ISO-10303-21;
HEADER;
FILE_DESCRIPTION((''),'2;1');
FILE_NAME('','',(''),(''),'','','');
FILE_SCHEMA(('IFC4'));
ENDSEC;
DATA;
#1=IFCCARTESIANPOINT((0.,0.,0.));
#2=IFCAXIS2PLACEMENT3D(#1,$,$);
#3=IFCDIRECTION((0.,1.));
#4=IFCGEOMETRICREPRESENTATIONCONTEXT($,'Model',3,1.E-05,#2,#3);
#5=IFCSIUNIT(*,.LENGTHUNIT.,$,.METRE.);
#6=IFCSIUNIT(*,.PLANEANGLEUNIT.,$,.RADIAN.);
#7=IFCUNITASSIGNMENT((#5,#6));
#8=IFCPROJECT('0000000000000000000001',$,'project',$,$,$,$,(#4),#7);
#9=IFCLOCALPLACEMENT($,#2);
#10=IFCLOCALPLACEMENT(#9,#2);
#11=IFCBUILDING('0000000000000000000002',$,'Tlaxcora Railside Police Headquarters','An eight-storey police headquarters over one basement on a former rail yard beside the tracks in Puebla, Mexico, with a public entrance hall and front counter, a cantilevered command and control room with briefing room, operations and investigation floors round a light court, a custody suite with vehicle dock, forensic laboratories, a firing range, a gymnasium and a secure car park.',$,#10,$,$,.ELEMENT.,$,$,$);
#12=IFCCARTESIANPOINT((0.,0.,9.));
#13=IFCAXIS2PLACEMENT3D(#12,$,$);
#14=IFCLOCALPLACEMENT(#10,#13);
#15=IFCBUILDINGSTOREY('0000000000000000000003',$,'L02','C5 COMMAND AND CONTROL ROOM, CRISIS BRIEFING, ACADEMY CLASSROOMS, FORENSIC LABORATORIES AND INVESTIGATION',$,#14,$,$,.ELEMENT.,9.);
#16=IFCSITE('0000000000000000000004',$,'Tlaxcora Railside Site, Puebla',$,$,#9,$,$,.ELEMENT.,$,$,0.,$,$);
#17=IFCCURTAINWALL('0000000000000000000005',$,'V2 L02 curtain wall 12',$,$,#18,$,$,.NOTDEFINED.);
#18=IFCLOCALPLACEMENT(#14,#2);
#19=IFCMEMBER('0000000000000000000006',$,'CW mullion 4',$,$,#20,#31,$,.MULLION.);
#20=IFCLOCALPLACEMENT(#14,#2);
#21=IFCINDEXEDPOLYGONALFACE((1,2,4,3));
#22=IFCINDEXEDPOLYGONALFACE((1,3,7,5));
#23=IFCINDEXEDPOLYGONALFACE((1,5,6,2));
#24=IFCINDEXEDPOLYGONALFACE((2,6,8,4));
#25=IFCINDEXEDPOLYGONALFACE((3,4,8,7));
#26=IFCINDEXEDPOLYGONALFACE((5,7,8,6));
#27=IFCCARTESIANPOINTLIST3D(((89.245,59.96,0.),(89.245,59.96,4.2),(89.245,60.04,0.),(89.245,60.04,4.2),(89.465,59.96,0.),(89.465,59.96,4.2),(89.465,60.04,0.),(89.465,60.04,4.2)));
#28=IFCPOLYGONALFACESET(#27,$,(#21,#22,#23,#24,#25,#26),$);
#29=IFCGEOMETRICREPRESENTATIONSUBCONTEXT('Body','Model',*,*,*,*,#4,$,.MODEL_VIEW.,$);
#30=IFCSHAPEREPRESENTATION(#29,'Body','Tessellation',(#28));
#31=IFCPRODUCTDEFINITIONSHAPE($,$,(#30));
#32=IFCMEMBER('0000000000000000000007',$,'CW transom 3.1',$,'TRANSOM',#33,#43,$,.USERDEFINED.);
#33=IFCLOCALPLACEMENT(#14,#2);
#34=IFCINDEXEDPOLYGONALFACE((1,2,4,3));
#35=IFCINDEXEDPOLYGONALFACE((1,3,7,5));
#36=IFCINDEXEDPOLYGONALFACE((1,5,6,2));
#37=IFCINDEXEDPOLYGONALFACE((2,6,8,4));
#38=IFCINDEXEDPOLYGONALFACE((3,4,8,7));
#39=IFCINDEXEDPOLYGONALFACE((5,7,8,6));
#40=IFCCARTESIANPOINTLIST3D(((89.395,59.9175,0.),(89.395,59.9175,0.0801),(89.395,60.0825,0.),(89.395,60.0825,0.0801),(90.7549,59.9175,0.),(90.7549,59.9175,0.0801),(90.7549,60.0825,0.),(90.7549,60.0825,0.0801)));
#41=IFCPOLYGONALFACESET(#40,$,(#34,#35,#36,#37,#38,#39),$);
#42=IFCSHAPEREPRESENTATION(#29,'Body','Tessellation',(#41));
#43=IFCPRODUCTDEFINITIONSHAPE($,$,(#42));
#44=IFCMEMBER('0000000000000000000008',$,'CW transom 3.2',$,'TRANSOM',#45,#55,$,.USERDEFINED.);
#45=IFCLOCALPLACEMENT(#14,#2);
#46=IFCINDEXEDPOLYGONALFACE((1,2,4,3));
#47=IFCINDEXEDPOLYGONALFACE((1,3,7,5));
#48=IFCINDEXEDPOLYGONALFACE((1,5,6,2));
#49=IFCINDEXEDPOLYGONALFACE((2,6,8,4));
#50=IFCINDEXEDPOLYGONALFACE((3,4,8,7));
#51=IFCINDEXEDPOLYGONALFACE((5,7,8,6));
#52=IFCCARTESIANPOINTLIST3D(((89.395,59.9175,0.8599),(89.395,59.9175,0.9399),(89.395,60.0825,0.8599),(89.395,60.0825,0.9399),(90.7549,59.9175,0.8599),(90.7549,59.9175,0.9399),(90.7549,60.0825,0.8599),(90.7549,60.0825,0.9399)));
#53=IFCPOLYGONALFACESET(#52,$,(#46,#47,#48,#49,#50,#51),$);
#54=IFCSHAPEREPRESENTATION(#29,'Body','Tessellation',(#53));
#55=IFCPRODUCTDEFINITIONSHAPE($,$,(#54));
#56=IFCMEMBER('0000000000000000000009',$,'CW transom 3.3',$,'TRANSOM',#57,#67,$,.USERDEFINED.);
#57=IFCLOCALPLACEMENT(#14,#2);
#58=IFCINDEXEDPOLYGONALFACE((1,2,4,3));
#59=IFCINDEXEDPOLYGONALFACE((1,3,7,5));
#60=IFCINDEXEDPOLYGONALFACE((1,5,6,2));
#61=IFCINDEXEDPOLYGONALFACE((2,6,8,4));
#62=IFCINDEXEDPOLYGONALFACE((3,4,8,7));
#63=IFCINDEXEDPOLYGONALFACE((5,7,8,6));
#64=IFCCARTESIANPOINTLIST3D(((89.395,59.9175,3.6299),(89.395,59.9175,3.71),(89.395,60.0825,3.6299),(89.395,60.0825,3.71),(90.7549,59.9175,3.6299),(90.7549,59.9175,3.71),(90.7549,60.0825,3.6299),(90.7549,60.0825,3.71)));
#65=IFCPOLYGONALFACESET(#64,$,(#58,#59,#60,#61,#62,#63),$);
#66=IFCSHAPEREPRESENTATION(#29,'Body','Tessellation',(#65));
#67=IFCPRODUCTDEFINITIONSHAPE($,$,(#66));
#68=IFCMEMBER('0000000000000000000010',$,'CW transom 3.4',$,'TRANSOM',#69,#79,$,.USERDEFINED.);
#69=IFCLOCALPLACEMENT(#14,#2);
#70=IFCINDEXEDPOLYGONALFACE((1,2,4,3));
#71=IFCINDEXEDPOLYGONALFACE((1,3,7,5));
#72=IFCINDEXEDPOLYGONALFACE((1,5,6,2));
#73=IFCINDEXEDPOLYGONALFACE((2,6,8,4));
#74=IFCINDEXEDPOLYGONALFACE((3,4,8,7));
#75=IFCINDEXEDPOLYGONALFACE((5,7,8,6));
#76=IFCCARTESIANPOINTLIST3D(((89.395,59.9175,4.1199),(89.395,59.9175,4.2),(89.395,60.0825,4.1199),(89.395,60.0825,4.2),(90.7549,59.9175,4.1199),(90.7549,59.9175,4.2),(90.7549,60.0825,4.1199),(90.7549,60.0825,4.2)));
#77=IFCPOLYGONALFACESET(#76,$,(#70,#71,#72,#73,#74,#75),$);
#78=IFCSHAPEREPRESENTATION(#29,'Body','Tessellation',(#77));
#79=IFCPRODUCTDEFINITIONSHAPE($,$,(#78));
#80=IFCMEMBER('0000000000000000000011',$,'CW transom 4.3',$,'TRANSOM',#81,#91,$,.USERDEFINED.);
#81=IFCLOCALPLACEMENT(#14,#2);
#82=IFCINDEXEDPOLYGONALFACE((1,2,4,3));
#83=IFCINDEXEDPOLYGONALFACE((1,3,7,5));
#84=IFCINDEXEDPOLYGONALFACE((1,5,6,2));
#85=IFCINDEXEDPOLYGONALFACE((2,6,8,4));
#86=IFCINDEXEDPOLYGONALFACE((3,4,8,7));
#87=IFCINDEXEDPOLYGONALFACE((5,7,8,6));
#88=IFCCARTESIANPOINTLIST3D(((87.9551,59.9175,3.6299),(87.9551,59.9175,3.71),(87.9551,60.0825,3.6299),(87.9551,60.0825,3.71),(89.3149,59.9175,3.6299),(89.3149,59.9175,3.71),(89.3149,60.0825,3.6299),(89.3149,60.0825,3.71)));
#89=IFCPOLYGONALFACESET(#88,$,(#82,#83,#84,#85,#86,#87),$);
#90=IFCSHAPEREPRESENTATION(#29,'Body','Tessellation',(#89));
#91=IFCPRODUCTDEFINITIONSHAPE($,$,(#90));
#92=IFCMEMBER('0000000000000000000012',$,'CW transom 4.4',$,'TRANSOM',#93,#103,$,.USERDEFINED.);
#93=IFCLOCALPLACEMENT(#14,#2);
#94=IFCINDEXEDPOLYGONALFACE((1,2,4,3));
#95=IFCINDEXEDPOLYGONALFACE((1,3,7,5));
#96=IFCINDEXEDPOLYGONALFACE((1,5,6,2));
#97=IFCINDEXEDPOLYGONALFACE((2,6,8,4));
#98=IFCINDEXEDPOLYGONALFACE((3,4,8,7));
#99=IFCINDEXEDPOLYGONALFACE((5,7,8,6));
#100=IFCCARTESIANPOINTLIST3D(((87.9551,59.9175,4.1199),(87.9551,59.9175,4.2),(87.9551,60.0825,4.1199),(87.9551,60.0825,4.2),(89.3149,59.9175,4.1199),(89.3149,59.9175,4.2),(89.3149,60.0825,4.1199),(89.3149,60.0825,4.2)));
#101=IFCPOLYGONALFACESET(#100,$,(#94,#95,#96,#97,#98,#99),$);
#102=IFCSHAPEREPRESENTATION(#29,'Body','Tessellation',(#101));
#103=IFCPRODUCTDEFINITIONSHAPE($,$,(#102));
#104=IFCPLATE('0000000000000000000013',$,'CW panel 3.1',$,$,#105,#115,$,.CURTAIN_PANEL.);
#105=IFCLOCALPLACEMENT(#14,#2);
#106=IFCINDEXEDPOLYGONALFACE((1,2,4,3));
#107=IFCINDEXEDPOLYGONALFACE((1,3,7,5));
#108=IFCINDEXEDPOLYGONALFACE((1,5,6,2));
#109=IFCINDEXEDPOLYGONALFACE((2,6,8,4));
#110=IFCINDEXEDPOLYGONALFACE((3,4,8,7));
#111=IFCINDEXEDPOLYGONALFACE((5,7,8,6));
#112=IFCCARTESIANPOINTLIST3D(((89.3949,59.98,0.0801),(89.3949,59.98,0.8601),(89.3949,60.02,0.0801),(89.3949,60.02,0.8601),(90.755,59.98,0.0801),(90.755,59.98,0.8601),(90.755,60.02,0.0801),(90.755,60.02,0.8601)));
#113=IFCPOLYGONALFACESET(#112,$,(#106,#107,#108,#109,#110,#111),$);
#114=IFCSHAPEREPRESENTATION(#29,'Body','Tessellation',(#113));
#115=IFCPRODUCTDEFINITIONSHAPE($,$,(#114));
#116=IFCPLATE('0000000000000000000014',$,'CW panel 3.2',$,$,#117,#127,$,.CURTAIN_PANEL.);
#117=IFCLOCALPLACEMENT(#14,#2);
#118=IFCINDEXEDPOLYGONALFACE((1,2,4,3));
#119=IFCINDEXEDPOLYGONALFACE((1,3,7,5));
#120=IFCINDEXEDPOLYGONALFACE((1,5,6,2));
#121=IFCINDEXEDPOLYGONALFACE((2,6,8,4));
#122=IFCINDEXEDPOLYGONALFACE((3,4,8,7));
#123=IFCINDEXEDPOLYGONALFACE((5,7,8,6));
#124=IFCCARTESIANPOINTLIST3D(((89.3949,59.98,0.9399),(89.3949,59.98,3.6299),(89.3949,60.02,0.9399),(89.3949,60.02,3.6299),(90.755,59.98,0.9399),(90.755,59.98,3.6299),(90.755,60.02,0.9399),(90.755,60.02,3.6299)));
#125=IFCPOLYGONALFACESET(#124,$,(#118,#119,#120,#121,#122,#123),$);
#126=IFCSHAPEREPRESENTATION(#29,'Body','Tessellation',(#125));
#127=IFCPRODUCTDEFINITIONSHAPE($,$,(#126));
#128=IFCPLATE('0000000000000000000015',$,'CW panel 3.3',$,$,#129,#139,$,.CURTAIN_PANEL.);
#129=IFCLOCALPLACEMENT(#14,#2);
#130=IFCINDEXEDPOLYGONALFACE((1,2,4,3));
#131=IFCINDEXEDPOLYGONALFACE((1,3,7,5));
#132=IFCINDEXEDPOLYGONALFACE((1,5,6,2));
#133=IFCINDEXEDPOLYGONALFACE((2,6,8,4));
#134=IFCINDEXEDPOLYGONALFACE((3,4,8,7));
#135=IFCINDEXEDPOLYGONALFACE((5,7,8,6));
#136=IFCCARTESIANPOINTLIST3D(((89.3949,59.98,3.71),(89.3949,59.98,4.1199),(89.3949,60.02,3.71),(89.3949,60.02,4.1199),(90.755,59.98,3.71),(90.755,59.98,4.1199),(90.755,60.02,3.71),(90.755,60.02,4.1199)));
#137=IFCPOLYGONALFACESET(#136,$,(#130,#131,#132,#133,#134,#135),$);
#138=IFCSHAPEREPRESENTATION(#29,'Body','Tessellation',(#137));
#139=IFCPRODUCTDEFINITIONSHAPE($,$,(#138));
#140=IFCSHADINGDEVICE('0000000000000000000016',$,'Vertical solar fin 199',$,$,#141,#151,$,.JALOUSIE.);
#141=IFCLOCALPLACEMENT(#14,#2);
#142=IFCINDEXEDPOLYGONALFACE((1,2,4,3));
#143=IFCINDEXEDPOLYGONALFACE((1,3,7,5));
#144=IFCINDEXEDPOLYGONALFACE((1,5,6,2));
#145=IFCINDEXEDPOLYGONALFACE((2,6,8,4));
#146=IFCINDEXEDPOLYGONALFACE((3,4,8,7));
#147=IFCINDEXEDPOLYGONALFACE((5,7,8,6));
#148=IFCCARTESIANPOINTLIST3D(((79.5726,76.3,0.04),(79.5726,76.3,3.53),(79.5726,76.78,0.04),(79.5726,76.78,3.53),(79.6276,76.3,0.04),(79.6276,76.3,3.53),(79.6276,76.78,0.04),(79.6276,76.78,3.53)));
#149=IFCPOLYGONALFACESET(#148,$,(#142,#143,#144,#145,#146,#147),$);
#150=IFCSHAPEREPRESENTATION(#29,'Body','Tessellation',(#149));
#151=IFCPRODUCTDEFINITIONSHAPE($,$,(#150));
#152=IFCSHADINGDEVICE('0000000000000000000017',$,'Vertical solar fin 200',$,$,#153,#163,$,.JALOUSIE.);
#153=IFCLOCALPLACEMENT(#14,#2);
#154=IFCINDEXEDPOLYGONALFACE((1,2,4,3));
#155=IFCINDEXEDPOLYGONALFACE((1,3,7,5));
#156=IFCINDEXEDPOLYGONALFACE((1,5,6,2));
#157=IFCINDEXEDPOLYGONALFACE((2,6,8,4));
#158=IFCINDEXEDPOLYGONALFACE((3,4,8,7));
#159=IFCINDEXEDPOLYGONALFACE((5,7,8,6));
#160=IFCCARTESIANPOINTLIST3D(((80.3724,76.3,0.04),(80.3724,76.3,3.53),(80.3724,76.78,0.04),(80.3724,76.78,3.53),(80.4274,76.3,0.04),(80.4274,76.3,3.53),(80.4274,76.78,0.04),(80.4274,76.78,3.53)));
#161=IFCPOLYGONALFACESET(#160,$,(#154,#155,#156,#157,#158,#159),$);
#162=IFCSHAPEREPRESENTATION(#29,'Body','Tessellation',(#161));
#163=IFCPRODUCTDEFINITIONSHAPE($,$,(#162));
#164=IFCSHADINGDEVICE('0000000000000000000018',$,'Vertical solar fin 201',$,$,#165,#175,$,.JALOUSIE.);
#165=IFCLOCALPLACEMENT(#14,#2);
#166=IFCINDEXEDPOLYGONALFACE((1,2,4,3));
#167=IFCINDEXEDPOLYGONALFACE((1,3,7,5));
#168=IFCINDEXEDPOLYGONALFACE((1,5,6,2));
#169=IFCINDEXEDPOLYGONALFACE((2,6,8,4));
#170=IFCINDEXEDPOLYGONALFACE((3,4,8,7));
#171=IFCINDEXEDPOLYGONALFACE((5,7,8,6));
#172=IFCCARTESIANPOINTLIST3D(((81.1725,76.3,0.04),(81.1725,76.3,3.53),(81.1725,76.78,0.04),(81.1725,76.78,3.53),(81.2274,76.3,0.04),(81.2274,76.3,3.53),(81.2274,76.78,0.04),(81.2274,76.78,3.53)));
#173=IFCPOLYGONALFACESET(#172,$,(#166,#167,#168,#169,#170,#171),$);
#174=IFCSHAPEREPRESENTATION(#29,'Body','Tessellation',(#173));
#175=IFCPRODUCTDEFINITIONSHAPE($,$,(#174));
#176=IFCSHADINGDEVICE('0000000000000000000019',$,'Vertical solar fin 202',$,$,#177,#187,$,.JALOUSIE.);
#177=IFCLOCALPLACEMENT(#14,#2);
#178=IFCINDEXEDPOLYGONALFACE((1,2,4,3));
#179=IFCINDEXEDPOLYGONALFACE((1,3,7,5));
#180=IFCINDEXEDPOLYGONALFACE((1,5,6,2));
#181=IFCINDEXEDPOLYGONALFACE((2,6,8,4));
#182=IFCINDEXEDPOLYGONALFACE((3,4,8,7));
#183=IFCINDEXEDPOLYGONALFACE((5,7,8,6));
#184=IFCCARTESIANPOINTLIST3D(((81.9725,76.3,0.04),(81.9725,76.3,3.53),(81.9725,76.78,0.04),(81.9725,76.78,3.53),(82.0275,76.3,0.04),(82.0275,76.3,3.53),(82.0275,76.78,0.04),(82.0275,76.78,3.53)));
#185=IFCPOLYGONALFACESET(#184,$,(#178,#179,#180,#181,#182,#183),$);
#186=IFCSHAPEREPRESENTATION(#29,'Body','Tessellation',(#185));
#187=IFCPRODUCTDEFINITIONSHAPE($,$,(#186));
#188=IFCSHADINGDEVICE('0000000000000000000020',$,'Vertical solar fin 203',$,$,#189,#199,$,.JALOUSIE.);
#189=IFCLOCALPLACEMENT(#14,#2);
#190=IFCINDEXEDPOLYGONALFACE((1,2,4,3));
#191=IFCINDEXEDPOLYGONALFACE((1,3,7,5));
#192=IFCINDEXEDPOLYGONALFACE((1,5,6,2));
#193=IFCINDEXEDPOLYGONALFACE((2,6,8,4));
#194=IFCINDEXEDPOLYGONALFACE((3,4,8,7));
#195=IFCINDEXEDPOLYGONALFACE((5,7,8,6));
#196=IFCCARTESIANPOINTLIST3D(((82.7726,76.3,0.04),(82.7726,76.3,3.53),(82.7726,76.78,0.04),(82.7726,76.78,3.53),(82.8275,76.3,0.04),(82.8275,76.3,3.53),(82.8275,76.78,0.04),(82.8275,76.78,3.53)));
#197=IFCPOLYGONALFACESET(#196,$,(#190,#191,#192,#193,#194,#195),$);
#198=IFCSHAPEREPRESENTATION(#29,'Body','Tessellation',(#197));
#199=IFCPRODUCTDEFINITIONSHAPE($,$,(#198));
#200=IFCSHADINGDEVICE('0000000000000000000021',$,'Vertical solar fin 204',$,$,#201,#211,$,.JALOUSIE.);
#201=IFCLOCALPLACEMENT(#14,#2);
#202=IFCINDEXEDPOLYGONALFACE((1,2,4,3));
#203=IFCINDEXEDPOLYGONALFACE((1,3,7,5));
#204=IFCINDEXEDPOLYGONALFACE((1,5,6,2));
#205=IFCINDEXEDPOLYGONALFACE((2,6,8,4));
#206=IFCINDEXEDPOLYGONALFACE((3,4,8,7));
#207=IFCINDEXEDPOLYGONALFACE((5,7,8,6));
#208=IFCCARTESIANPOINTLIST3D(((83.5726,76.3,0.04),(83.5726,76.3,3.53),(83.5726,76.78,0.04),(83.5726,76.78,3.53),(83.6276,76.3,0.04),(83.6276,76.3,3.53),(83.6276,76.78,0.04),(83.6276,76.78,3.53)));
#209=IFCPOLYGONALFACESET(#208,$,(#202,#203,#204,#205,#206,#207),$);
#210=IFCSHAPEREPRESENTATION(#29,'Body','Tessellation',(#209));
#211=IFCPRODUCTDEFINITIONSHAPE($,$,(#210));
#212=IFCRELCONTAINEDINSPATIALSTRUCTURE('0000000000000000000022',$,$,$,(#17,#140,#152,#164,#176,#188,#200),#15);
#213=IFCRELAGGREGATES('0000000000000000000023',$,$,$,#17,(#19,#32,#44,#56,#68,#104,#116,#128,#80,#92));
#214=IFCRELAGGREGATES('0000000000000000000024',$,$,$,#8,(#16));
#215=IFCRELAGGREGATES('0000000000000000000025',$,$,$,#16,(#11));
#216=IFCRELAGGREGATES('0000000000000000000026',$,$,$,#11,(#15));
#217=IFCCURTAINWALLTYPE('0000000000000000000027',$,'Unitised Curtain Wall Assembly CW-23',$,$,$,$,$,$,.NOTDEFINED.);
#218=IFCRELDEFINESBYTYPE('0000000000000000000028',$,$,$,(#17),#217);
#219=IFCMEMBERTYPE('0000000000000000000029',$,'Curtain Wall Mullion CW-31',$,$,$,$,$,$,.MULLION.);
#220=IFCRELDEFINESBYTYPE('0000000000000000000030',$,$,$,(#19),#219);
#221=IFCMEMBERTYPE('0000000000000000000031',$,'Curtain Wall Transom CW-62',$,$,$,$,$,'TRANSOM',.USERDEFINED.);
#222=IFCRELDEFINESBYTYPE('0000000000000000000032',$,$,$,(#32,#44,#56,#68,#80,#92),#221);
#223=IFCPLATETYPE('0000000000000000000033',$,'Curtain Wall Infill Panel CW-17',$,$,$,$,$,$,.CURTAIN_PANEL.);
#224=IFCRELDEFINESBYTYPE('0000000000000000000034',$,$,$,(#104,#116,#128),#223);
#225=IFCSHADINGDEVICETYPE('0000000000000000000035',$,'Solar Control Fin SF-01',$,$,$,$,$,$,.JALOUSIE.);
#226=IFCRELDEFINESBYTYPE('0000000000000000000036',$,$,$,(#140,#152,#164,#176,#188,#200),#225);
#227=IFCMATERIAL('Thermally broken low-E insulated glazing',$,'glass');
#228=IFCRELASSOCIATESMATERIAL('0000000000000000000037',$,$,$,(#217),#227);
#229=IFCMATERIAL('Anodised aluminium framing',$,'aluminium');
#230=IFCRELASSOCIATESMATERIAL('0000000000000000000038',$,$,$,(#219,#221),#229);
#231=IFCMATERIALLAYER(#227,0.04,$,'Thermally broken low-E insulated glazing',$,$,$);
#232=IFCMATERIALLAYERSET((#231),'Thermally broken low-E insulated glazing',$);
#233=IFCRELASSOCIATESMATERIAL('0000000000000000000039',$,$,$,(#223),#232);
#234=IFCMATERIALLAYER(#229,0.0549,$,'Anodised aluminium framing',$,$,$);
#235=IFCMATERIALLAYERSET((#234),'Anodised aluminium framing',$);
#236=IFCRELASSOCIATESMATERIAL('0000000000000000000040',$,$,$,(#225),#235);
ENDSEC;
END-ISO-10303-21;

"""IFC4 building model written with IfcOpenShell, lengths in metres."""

from ifc_helpers import new_model, si_unit, direction, frame, origin, origin_2d, place, context, subcontext, project, spatial, rectangle, extrude, material, layer, layer_set, material_profile, profile_set, type_object, element, aggregate, save


model = new_model("IFC4")

# Units and contexts
model_context = context("Model", 3, precision=1e-05, world=origin(), true_north=direction((0.0, 1.0)))
body_context = subcontext(model_context, "Body", "Model", "MODEL_VIEW")
ifc_project = project(units=[si_unit("LENGTHUNIT", "METRE"), si_unit("PLANEANGLEUNIT", "RADIAN")], contexts=[model_context])

# Site, building, storey
site_placement = place(None, origin())
site = spatial("IfcSite", under=ifc_project, at=site_placement, Name="Tlaxcora Railside Site, Puebla", CompositionType="ELEMENT", RefElevation=0.0)
building_placement = place(site_placement, origin())
building = spatial("IfcBuilding", under=site, at=building_placement, Name="Tlaxcora Railside Police Headquarters", Description="An eight-storey police headquarters over one basement on a former rail yard beside the tracks in Puebla, Mexico, with a public entrance hall and front counter, a cantilevered command and control room with briefing room, operations and investigation floors round a light court, a custody suite with vehicle dock, forensic laboratories, a firing range, a gymnasium and a secure car park.", CompositionType="ELEMENT")
storey_placement = place(building_placement, frame((0.0, 0.0, 9.0)))
storey = spatial("IfcBuildingStorey", under=building, at=storey_placement, Name="L02", Description="C5 COMMAND AND CONTROL ROOM, CRISIS BRIEFING, ACADEMY CLASSROOMS, FORENSIC LABORATORIES AND INVESTIGATION", CompositionType="ELEMENT", Elevation=9.0)

# Curtain wall, members, plates
ifc_material_1 = material(Name="Thermally broken low-E insulated glazing", Category="glass")
curtain_wall_type = type_object("IfcCurtainWallType", Name="Unitised Curtain Wall Assembly CW-23", PredefinedType="NOTDEFINED", material=ifc_material_1)
curtain_wall_placement = place(storey_placement, origin())
curtain_wall = element("IfcCurtainWall", 1, at=curtain_wall_placement, inside=storey, type_object=curtain_wall_type, Name="V2 L02 curtain wall 12", PredefinedType="NOTDEFINED")
ifc_material_2 = material(Name="Anodised aluminium framing", Category="aluminium")
ifc_material_profile_1 = material_profile(ifc_material_2, rectangle(XDim=0.0801, YDim=0.22, at=origin_2d()), Name="AL80X220")
ifc_profile_set_1 = profile_set([ifc_material_profile_1], Name="Anodised aluminium framing")
member_type_1 = type_object("IfcMemberType", Name="Curtain Wall Mullion CW-31", PredefinedType="MULLION", material=ifc_profile_set_1)
member_1_placement = place(storey_placement, frame((89.355, 60.0, 0.0), z_axis=(0.0, 0.0, 1.0), x_axis=(0.0, -1.0, 0.0)))
member_1 = element("IfcMember", 2, at=member_1_placement, type_object=member_type_1, Name="CW mullion 4", PredefinedType="MULLION", context=body_context, shape_type="SweptSolid", body=[
    extrude(rectangle(XDim=0.0801, YDim=0.22, at=origin_2d()), origin(), (0.0, 0.0, 1.0), 4.2),
])
ifc_material_profile_2 = material_profile(ifc_material_2, rectangle(XDim=0.165, YDim=0.0801, at=origin_2d()), Name="AL80X165")
ifc_profile_set_2 = profile_set([ifc_material_profile_2], Name="Anodised aluminium framing")
member_type_2 = type_object("IfcMemberType", Name="Curtain Wall Transom CW-62", ElementType="TRANSOM", PredefinedType="USERDEFINED", material=ifc_profile_set_2)
member_2_placement = place(storey_placement, frame((90.7549, 60.0, 0.04), z_axis=(-1.0, 0.0, 0.0), x_axis=(0.0, -1.0, 0.0)))
member_2 = element("IfcMember", 3, at=member_2_placement, type_object=member_type_2, Name="CW transom 3.1", ObjectType="TRANSOM", PredefinedType="USERDEFINED", context=body_context, shape_type="SweptSolid", body=[
    extrude(rectangle(XDim=0.165, YDim=0.0801, at=origin_2d()), origin(), (0.0, 0.0, 1.0), 1.3599),
])
member_3_placement = place(storey_placement, frame((90.7549, 60.0, 0.8999), z_axis=(-1.0, 0.0, 0.0), x_axis=(0.0, -1.0, 0.0)))
member_3 = element("IfcMember", 4, at=member_3_placement, type_object=member_type_2, Name="CW transom 3.2", ObjectType="TRANSOM", PredefinedType="USERDEFINED", context=body_context, shape_type="SweptSolid", body=[
    extrude(rectangle(XDim=0.165, YDim=0.0801, at=origin_2d()), origin(), (0.0, 0.0, 1.0), 1.3599),
])
member_4_placement = place(storey_placement, frame((90.7549, 60.0, 3.6699), z_axis=(-1.0, 0.0, 0.0), x_axis=(0.0, -1.0, 0.0)))
member_4 = element("IfcMember", 5, at=member_4_placement, type_object=member_type_2, Name="CW transom 3.3", ObjectType="TRANSOM", PredefinedType="USERDEFINED", context=body_context, shape_type="SweptSolid", body=[
    extrude(rectangle(XDim=0.165, YDim=0.0801, at=origin_2d()), origin(), (0.0, 0.0, 1.0), 1.3599),
])
member_5_placement = place(storey_placement, frame((90.7549, 60.0, 4.1599), z_axis=(-1.0, 0.0, 0.0), x_axis=(0.0, -1.0, 0.0)))
member_5 = element("IfcMember", 6, at=member_5_placement, type_object=member_type_2, Name="CW transom 3.4", ObjectType="TRANSOM", PredefinedType="USERDEFINED", context=body_context, shape_type="SweptSolid", body=[
    extrude(rectangle(XDim=0.165, YDim=0.0801, at=origin_2d()), origin(), (0.0, 0.0, 1.0), 1.3599),
])
member_6_placement = place(storey_placement, frame((89.3149, 60.0, 3.6699), z_axis=(-1.0, 0.0, 0.0), x_axis=(0.0, -1.0, 0.0)))
member_6 = element("IfcMember", 7, at=member_6_placement, type_object=member_type_2, Name="CW transom 4.3", ObjectType="TRANSOM", PredefinedType="USERDEFINED", context=body_context, shape_type="SweptSolid", body=[
    extrude(rectangle(XDim=0.165, YDim=0.0801, at=origin_2d()), origin(), (0.0, 0.0, 1.0), 1.3599),
])
member_7_placement = place(storey_placement, frame((89.3149, 60.0, 4.1599), z_axis=(-1.0, 0.0, 0.0), x_axis=(0.0, -1.0, 0.0)))
member_7 = element("IfcMember", 8, at=member_7_placement, type_object=member_type_2, Name="CW transom 4.4", ObjectType="TRANSOM", PredefinedType="USERDEFINED", context=body_context, shape_type="SweptSolid", body=[
    extrude(rectangle(XDim=0.165, YDim=0.0801, at=origin_2d()), origin(), (0.0, 0.0, 1.0), 1.3599),
])
ifc_layer_1 = layer(ifc_material_1, 0.04, Name="Thermally broken low-E insulated glazing")
ifc_layer_set_1 = layer_set([ifc_layer_1], Name="Thermally broken low-E insulated glazing")
plate_type = type_object("IfcPlateType", Name="Curtain Wall Infill Panel CW-17", PredefinedType="CURTAIN_PANEL", material=ifc_layer_set_1)
plate_1_placement = place(storey_placement, frame((90.075, 60.0, 0.0801), z_axis=(0.0, 0.0, 1.0), x_axis=(-1.0, 0.0, 0.0)))
plate_1 = element("IfcPlate", 9, at=plate_1_placement, type_object=plate_type, Name="CW panel 3.1", PredefinedType="CURTAIN_PANEL", context=body_context, shape_type="SweptSolid", body=[
    extrude(rectangle(XDim=1.3601, YDim=0.04, at=origin_2d()), origin(), (0.0, 0.0, 1.0), 0.78),
])
plate_2_placement = place(storey_placement, frame((90.075, 60.0, 0.9399), z_axis=(0.0, 0.0, 1.0), x_axis=(-1.0, 0.0, 0.0)))
plate_2 = element("IfcPlate", 10, at=plate_2_placement, type_object=plate_type, Name="CW panel 3.2", PredefinedType="CURTAIN_PANEL", context=body_context, shape_type="SweptSolid", body=[
    extrude(rectangle(XDim=1.3601, YDim=0.04, at=origin_2d()), origin(), (0.0, 0.0, 1.0), 2.6899),
])
plate_3_placement = place(storey_placement, frame((90.075, 60.0, 3.71), z_axis=(0.0, 0.0, 1.0), x_axis=(-1.0, 0.0, 0.0)))
plate_3 = element("IfcPlate", 11, at=plate_3_placement, type_object=plate_type, Name="CW panel 3.3", PredefinedType="CURTAIN_PANEL", context=body_context, shape_type="SweptSolid", body=[
    extrude(rectangle(XDim=1.3601, YDim=0.04, at=origin_2d()), origin(), (0.0, 0.0, 1.0), 0.4099),
])
aggregate(curtain_wall, [member_1, member_2, member_3, member_4, member_5, plate_1, plate_2, plate_3, member_6, member_7])

# Shading devices
ifc_layer_2 = layer(ifc_material_2, 0.0549, Name="Anodised aluminium framing")
ifc_layer_set_2 = layer_set([ifc_layer_2], Name="Anodised aluminium framing")
shading_device_type = type_object("IfcShadingDeviceType", Name="Solar Control Fin SF-01", PredefinedType="JALOUSIE", material=ifc_layer_set_2)
for number, where, z_axis, x_axis, name in (
    (12, (79.6001, 76.54, 0.04), (0.0, 0.0, 1.0), (0.0, -1.0, 0.0), "Vertical solar fin 199"),
    (13, (80.3999, 76.54, 0.04), (0.0, 0.0, 1.0), (0.0, -1.0, 0.0), "Vertical solar fin 200"),
    (14, (81.2, 76.54, 0.04), (0.0, 0.0, 1.0), (0.0, -1.0, 0.0), "Vertical solar fin 201"),
    (15, (82.0, 76.54, 0.04), (0.0, 0.0, 1.0), (0.0, -1.0, 0.0), "Vertical solar fin 202"),
    (16, (82.8, 76.54, 0.04), (0.0, 0.0, 1.0), (0.0, -1.0, 0.0), "Vertical solar fin 203"),
    (17, (83.6001, 76.54, 0.04), (0.0, 0.0, 1.0), (0.0, -1.0, 0.0), "Vertical solar fin 204"),
):
    element("IfcShadingDevice", number, at=place(storey_placement, frame(where, z_axis=z_axis, x_axis=x_axis)), inside=storey, type_object=shading_device_type, Name=name, PredefinedType="JALOUSIE", context=body_context, shape_type="SweptSolid", body=[
        extrude(rectangle(XDim=0.48, YDim=0.0549, at=origin_2d()), origin(), (0.0, 0.0, 1.0), 3.49),
    ])

save(model, "model.ifc")
